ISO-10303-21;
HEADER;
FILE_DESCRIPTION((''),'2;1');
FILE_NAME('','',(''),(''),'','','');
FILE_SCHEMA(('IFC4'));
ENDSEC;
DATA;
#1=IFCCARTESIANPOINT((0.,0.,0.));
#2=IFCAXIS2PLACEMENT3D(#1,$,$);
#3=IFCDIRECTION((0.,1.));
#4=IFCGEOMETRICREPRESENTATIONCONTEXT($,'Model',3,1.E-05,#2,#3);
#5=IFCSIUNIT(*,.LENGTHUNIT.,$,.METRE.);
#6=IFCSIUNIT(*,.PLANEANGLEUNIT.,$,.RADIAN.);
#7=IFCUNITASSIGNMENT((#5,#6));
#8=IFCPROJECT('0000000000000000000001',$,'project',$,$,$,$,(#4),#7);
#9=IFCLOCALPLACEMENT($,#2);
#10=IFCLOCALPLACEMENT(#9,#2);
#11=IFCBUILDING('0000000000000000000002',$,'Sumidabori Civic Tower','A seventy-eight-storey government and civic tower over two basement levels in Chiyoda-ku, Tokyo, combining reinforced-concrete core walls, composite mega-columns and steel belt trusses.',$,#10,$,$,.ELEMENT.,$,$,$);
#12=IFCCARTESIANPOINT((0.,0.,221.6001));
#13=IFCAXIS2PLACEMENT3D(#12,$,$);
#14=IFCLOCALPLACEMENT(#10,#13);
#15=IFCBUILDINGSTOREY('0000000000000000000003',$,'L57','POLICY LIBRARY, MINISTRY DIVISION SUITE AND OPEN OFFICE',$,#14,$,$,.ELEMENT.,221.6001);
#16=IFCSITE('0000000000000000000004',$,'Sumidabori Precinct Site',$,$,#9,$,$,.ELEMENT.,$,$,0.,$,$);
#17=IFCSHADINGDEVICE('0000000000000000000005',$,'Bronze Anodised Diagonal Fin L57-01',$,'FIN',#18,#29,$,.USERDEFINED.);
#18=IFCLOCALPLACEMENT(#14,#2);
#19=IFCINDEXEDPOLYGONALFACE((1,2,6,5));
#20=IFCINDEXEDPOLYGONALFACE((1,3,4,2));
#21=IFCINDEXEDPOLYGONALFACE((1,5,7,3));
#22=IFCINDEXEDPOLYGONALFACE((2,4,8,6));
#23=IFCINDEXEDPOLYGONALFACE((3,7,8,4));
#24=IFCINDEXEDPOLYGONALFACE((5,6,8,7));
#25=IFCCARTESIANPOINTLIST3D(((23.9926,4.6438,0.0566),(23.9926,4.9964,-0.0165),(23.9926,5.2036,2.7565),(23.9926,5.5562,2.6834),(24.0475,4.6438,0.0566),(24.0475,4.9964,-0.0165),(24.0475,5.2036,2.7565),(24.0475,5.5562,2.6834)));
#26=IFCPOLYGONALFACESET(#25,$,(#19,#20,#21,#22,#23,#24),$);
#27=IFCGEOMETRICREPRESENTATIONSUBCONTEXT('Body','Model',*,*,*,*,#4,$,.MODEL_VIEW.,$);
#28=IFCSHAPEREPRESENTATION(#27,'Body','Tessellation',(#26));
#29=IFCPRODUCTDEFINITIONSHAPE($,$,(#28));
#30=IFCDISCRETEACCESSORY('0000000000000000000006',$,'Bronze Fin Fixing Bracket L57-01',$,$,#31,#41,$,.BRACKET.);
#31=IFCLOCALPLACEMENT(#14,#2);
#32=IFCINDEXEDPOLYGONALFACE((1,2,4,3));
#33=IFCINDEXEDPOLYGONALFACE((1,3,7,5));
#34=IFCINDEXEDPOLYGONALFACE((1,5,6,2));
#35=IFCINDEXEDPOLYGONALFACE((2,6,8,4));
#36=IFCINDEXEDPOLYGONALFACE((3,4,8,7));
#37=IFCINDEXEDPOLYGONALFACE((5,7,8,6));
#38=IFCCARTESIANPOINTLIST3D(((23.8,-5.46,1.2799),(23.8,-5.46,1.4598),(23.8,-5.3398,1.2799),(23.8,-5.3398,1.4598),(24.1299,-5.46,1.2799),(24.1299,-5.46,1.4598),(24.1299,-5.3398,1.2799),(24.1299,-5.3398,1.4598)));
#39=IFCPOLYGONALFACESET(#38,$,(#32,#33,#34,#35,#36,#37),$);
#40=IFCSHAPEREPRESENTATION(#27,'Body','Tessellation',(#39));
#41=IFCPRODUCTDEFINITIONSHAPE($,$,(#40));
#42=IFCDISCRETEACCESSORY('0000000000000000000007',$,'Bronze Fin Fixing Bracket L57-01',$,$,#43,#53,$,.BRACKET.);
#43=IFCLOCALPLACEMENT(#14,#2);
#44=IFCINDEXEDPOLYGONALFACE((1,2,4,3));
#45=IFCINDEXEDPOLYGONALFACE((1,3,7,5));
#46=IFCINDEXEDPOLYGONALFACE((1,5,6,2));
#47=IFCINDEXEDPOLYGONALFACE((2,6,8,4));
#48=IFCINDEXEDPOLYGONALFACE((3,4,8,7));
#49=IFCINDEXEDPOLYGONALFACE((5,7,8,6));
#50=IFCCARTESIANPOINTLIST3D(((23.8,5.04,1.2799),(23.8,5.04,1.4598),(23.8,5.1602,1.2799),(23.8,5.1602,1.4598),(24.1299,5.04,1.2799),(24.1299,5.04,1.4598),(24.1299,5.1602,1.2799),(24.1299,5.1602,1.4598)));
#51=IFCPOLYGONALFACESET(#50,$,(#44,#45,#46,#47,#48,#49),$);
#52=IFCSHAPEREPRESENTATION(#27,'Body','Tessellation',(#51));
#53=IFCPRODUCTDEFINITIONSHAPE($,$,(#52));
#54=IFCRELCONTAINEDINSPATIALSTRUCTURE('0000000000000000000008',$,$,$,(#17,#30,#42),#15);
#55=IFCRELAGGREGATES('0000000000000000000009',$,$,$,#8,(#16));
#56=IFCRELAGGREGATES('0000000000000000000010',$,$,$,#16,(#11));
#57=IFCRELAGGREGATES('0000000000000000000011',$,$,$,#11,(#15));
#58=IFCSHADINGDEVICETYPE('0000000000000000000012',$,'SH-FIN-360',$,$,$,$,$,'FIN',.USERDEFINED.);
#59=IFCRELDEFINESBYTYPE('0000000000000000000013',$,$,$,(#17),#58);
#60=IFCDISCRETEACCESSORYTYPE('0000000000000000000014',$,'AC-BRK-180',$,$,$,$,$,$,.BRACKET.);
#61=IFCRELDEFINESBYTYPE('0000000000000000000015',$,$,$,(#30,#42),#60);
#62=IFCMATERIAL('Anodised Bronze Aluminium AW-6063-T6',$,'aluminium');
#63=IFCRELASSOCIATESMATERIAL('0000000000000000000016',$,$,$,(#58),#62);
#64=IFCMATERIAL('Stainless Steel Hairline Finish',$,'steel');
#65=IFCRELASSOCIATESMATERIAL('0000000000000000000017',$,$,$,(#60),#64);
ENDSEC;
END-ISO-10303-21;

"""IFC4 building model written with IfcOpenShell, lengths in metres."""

from ifc_helpers import new_model, si_unit, direction, frame, origin, origin_2d, place, context, subcontext, project, spatial, rectangle, extrude, source, transform, mapped, material, material_profile, profile_set, type_object, element, save


model = new_model("IFC4")

# Units and contexts
model_context = context("Model", 3, precision=1e-05, world=origin(), true_north=direction((0.0, 1.0)))
body_context = subcontext(model_context, "Body", "Model", "MODEL_VIEW")
ifc_project = project(units=[si_unit("LENGTHUNIT", "METRE"), si_unit("PLANEANGLEUNIT", "RADIAN")], contexts=[model_context])

# Site, building, storey
site_placement = place(None, origin())
site = spatial("IfcSite", under=ifc_project, at=site_placement, Name="Sumidabori Precinct Site", CompositionType="ELEMENT", RefElevation=0.0)
building_placement = place(site_placement, origin())
building = spatial("IfcBuilding", under=site, at=building_placement, Name="Sumidabori Civic Tower", Description="A seventy-eight-storey government and civic tower over two basement levels in Chiyoda-ku, Tokyo, combining reinforced-concrete core walls, composite mega-columns and steel belt trusses.", CompositionType="ELEMENT")
storey_placement = place(building_placement, frame((0.0, 0.0, 221.6001)))
storey = spatial("IfcBuildingStorey", under=building, at=storey_placement, Name="L57", Description="POLICY LIBRARY, MINISTRY DIVISION SUITE AND OPEN OFFICE", CompositionType="ELEMENT", Elevation=221.6001)

# Shared definitions
ifc_material_1 = material(Name="Anodised Bronze Aluminium AW-6063-T6", Category="aluminium")

# Shading device
ifc_material_profile_1 = material_profile(ifc_material_1, rectangle(XDim=0.0549, YDim=0.3601, at=origin_2d()), Name="BRONZE FIN 360x55")
ifc_profile_set_1 = profile_set([ifc_material_profile_1], Name="Anodised Bronze Aluminium AW-6063-T6")
shading_device_type = type_object("IfcShadingDeviceType", Name="SH-FIN-360", ElementType="FIN", PredefinedType="USERDEFINED", material=ifc_profile_set_1)
shared_shape_1 = source(origin(), body_context, "Body", "SweptSolid", [
    extrude(rectangle(XDim=0.0549, YDim=0.3601, at=origin_2d()), origin(), (0.0, 0.0, 1.0), 2.7573),
])
for number, where, z_axis, x_axis, name in (
    (1, (24.02, 4.8201, 0.02), (0.0, 0.203024, 0.979174), (-1.0, 0.0, 0.0), "Bronze Anodised Diagonal Fin L57-01"),
):
    element("IfcShadingDevice", number, at=place(storey_placement, frame(where, z_axis=z_axis, x_axis=x_axis)), inside=storey, type_object=shading_device_type, Name=name, ObjectType="FIN", PredefinedType="USERDEFINED", context=body_context, shape_type="MappedRepresentation", body=[
        mapped(shared_shape_1, transform((0.0, 0.0, 0.0), x_axis=(1.0, 0.0, 0.0), y_axis=(0.0, 1.0, 0.0), z_axis=(0.0, 0.0, 1.0), scale=1.0)),
    ])

# Discrete accessories
ifc_material_2 = material(Name="Stainless Steel Hairline Finish", Category="steel")
ifc_material_profile_2 = material_profile(ifc_material_2, rectangle(XDim=0.1201, YDim=0.1799, at=origin_2d()), Name="STEEL BRACKET 180x120")
ifc_profile_set_2 = profile_set([ifc_material_profile_2], Name="Stainless Steel Hairline Finish")
discrete_accessory_type = type_object("IfcDiscreteAccessoryType", Name="AC-BRK-180", PredefinedType="BRACKET", material=ifc_profile_set_2)
shared_shape_2 = source(origin(), body_context, "Body", "SweptSolid", [
    extrude(rectangle(XDim=0.1201, YDim=0.1799, at=origin_2d()), origin(), (0.0, 0.0, 1.0), 0.3298),
])
for number, where, z_axis, x_axis, name in (
    (2, (23.8, -5.3999, 1.3699), (1.0, 0.0, 0.0), (0.0, 1.0, 0.0), "Bronze Fin Fixing Bracket L57-01"),
    (3, (23.8, 5.1001, 1.3699), (1.0, 0.0, 0.0), (0.0, 1.0, 0.0), "Bronze Fin Fixing Bracket L57-01"),
):
    element("IfcDiscreteAccessory", number, at=place(storey_placement, frame(where, z_axis=z_axis, x_axis=x_axis)), inside=storey, type_object=discrete_accessory_type, Name=name, PredefinedType="BRACKET", context=body_context, shape_type="MappedRepresentation", body=[
        mapped(shared_shape_2, transform((0.0, 0.0, 0.0), x_axis=(1.0, 0.0, 0.0), y_axis=(0.0, 1.0, 0.0), z_axis=(0.0, 0.0, 1.0), scale=1.0)),
    ])

save(model, "model.ifc")
